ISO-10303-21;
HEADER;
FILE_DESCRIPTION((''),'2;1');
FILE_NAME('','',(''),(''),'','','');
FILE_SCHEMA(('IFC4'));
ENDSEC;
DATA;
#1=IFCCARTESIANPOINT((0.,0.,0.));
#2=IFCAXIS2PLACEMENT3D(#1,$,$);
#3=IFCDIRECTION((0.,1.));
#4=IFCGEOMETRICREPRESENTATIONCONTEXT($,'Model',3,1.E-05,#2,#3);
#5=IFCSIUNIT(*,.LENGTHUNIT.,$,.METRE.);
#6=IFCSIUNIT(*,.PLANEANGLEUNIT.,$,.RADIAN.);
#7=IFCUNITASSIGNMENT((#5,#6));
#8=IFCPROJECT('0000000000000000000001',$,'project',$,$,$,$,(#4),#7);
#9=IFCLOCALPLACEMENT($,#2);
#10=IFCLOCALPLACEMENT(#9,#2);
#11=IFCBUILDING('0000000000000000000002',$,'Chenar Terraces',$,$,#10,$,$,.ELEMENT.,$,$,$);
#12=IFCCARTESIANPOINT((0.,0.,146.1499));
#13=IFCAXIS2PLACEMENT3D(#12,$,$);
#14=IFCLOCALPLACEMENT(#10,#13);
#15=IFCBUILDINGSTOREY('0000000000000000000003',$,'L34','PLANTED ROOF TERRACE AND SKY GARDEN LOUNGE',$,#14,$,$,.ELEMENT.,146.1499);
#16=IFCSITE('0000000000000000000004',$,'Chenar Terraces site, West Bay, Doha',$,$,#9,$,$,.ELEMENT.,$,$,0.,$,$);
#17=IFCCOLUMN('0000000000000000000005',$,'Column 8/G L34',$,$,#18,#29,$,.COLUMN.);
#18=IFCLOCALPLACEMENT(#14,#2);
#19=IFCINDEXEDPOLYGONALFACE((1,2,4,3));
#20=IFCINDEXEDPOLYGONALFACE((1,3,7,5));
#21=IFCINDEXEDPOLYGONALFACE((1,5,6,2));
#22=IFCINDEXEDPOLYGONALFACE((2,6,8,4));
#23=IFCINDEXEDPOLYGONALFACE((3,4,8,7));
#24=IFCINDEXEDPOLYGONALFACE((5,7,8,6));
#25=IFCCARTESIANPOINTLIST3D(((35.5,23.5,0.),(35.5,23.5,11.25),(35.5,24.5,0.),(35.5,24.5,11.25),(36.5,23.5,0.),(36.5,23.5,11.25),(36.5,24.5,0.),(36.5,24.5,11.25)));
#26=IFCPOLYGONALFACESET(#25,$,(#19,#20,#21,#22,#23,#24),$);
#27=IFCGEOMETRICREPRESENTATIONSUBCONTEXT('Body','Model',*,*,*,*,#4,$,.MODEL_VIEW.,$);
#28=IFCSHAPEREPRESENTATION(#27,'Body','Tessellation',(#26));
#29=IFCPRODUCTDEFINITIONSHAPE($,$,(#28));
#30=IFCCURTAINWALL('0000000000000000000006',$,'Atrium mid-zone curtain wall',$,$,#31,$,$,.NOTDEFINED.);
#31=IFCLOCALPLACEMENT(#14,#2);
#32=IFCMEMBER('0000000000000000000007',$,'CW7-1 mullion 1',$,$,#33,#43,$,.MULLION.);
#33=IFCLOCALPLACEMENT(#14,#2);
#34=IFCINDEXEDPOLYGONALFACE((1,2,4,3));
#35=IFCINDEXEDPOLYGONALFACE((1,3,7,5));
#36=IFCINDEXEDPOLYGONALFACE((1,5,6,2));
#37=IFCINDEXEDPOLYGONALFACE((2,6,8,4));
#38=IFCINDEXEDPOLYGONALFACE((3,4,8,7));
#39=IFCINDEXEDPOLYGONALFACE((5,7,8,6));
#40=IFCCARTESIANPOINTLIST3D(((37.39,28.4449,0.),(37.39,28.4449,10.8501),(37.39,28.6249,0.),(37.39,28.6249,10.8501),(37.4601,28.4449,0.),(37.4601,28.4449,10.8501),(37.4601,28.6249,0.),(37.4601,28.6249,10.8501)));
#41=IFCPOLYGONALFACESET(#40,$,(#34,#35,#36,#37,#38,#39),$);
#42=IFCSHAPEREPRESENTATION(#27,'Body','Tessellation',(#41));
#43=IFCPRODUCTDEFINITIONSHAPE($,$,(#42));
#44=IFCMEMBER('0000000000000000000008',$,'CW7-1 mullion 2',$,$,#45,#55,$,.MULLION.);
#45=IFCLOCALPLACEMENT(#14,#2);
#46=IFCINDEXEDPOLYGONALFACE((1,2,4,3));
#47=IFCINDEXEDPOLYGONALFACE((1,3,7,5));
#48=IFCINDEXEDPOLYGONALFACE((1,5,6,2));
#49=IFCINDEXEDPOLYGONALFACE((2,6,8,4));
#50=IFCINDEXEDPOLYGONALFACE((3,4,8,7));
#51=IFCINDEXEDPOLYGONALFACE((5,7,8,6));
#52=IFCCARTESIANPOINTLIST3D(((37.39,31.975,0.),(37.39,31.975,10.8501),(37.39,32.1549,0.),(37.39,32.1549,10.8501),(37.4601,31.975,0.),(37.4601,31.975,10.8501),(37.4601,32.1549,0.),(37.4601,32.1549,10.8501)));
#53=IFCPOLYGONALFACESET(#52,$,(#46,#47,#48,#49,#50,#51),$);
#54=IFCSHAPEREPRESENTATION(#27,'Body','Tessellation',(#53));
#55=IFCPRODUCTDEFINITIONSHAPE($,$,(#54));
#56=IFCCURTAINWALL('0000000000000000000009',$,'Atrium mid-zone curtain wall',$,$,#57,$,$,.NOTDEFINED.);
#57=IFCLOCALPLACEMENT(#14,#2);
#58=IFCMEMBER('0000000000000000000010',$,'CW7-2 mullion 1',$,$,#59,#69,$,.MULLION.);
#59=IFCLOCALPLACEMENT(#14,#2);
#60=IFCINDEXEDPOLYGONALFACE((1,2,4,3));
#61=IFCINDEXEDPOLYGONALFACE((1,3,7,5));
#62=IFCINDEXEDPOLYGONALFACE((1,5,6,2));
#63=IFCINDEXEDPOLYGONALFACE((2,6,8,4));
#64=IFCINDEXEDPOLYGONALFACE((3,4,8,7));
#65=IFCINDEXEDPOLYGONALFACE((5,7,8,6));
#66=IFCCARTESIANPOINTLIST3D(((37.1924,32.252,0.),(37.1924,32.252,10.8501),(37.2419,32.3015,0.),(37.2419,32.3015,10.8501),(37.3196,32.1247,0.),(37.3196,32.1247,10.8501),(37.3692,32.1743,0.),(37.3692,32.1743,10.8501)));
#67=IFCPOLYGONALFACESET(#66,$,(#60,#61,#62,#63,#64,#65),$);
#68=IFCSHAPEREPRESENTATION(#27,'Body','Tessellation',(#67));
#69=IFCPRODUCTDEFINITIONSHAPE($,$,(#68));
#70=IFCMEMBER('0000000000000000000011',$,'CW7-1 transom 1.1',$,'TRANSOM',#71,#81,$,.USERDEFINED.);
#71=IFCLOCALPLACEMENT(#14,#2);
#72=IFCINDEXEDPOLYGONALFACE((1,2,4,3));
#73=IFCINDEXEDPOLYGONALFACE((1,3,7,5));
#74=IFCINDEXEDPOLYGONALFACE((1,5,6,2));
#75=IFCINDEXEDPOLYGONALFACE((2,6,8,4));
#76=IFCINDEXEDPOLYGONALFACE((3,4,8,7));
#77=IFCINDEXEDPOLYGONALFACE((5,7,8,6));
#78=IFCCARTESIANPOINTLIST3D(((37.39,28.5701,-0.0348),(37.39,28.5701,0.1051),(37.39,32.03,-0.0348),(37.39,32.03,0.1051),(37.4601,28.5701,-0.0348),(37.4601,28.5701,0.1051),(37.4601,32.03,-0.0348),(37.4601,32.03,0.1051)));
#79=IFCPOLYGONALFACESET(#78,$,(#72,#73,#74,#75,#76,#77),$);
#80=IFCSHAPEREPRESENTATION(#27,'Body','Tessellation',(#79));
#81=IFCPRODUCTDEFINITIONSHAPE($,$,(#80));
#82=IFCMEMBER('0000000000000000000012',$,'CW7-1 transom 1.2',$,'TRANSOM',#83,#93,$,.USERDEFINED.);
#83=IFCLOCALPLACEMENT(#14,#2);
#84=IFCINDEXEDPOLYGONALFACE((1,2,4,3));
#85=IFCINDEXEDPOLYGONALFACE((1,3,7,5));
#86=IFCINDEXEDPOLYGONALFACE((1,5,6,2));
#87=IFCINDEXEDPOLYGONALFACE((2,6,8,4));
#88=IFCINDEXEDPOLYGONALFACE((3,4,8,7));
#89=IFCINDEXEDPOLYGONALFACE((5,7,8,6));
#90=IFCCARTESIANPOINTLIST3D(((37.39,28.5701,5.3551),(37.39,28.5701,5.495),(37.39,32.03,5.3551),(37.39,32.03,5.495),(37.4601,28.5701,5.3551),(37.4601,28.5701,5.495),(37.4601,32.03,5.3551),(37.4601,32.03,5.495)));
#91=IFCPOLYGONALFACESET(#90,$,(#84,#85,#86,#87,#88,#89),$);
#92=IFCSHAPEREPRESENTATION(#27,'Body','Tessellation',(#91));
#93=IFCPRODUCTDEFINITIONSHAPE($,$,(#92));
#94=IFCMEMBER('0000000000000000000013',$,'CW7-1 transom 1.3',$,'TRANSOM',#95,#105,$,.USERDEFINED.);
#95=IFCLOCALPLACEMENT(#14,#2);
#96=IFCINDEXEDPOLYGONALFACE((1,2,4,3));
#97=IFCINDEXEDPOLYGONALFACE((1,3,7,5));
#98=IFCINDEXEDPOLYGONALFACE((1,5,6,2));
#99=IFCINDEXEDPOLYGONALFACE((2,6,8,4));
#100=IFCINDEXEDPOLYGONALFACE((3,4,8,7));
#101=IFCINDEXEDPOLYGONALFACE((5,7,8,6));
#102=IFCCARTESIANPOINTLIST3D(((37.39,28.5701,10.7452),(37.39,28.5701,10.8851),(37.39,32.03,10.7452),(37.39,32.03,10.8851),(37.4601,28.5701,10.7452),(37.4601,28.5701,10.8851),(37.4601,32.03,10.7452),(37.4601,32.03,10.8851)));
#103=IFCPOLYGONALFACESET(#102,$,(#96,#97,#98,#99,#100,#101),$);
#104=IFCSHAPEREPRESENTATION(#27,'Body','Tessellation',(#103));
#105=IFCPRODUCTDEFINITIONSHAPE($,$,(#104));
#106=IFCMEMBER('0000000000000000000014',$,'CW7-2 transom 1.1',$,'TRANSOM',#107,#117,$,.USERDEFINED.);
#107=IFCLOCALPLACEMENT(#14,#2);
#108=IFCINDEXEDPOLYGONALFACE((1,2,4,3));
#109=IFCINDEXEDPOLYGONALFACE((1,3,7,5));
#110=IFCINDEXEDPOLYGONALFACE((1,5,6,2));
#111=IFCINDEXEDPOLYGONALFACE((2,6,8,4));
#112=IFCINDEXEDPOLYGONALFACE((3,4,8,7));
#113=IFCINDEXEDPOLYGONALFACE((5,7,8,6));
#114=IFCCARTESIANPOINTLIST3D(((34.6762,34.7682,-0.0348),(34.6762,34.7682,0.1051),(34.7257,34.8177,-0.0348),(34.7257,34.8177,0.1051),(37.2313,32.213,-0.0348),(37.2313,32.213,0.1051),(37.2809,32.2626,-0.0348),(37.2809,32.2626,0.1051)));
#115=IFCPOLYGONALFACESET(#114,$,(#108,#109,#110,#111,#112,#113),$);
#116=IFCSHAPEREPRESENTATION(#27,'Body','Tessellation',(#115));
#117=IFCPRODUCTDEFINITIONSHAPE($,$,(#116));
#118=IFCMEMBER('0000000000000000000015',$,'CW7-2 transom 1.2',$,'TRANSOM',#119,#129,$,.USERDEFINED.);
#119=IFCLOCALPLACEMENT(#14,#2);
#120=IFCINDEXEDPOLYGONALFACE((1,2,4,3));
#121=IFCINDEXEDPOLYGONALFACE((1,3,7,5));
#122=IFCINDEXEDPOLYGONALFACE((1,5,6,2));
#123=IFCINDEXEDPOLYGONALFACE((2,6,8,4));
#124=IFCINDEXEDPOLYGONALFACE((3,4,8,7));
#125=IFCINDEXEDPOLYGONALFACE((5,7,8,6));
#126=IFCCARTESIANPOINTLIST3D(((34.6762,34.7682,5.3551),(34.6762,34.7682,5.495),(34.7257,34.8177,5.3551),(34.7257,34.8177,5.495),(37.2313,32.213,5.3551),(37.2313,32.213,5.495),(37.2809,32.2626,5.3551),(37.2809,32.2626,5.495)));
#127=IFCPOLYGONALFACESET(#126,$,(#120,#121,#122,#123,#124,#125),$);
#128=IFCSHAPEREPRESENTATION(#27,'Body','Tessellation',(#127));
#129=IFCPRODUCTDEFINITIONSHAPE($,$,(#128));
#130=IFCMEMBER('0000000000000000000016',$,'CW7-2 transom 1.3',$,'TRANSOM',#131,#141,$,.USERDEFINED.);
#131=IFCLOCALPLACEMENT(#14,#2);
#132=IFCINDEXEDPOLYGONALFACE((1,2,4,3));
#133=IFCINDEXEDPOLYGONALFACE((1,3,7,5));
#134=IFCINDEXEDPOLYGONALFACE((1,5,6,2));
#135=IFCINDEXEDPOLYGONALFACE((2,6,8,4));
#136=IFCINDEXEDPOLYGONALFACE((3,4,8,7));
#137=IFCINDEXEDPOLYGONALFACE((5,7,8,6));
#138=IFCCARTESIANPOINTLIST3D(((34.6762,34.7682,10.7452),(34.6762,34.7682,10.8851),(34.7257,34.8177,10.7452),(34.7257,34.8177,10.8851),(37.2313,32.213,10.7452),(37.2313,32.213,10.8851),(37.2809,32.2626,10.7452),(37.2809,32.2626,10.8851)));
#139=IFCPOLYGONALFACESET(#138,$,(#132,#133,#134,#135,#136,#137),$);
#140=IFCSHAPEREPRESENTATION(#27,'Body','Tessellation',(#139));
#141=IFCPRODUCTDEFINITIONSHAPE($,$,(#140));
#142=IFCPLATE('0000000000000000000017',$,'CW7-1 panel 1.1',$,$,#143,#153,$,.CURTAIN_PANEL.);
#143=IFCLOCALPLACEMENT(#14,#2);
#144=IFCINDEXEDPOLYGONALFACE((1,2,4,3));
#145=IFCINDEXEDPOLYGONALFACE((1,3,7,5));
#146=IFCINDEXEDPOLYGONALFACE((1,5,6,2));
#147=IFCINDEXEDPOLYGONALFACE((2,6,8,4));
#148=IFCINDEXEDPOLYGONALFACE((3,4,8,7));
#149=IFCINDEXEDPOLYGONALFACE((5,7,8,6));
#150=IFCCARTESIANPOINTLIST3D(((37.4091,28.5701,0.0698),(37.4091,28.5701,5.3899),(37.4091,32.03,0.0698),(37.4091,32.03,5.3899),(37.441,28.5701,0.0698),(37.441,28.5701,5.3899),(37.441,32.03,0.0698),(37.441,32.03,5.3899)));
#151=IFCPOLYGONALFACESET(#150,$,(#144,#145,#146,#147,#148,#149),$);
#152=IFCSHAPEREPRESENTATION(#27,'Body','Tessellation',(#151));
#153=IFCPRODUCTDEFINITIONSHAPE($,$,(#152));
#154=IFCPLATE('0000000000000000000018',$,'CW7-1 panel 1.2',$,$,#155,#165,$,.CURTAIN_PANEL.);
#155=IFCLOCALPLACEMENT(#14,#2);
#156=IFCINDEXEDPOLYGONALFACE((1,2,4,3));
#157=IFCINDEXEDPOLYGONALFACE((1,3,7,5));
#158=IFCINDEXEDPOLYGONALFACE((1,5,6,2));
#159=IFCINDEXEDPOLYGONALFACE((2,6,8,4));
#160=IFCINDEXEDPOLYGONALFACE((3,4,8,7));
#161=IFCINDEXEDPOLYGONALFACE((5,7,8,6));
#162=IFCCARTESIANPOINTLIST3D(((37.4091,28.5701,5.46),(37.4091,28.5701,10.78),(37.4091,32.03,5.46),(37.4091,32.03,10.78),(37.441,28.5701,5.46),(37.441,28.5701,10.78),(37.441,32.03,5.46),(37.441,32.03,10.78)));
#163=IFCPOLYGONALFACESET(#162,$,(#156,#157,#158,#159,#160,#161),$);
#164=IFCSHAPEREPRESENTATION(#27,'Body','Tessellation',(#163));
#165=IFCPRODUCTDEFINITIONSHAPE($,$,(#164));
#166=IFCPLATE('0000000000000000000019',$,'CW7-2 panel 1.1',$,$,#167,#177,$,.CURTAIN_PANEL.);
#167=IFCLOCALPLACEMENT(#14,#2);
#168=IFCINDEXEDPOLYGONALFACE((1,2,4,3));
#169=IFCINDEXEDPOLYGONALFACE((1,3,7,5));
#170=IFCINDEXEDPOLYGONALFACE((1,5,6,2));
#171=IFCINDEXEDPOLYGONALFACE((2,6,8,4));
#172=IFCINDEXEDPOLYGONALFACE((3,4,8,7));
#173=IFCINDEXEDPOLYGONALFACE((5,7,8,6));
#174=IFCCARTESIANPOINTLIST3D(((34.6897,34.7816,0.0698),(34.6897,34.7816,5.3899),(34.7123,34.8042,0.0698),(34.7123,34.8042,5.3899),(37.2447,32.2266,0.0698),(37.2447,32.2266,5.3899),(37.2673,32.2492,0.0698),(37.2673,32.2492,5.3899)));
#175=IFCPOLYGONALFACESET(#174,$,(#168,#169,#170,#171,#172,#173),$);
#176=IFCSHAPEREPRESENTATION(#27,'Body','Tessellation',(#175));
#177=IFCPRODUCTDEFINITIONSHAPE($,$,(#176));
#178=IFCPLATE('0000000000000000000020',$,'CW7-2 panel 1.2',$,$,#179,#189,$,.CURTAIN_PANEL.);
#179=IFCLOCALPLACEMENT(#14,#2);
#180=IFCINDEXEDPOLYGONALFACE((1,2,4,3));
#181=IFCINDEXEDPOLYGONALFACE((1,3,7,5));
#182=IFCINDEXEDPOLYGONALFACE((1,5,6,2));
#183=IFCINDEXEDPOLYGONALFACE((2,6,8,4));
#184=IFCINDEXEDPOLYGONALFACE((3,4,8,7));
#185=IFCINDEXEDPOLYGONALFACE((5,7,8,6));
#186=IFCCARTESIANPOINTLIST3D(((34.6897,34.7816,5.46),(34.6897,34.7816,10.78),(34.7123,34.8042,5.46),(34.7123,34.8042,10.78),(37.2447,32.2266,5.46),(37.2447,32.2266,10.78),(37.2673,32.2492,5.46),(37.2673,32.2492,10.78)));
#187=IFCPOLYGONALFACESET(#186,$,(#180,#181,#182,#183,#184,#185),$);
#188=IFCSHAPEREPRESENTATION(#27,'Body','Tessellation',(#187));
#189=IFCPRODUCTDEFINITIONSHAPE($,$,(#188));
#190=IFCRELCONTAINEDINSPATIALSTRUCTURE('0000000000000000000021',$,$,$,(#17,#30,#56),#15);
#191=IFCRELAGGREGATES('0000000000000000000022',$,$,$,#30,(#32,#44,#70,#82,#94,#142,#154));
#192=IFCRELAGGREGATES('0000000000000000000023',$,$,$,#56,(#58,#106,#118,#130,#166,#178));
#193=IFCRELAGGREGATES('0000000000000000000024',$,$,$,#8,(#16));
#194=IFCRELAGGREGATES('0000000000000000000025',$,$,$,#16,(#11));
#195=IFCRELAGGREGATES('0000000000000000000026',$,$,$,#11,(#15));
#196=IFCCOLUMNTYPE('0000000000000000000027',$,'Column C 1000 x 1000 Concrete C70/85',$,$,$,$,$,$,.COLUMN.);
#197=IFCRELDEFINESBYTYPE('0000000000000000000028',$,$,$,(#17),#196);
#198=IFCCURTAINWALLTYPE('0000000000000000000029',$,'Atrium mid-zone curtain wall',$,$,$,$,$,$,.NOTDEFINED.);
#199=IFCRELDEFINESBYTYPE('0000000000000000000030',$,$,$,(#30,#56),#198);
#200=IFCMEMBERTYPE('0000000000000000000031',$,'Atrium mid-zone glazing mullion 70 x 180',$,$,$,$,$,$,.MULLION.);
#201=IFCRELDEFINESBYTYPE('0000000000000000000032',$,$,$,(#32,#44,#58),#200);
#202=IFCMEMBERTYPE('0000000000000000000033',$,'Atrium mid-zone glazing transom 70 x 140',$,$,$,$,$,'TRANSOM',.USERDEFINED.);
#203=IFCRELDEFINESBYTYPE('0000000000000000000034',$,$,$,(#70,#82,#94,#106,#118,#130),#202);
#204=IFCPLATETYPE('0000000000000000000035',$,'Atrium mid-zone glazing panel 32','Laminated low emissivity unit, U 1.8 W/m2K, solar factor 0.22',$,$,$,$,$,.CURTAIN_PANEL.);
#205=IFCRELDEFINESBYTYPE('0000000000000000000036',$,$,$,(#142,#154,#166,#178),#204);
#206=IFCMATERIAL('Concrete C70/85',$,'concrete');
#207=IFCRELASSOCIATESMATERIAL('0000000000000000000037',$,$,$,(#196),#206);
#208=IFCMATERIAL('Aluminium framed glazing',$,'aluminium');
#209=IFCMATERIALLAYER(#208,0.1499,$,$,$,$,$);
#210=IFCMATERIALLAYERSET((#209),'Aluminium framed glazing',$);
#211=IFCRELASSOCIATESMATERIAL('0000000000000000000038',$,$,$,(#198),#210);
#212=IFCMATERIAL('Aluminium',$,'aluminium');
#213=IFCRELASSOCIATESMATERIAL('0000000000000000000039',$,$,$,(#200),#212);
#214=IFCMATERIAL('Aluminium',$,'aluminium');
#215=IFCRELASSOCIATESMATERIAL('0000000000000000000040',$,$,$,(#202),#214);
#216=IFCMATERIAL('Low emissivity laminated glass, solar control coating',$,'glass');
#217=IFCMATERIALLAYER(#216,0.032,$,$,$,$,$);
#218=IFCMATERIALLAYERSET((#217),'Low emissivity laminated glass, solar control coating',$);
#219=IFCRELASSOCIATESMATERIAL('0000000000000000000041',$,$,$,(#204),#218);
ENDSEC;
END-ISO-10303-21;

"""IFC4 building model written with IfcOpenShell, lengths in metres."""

from ifc_helpers import new_model, si_unit, direction, frame, origin, origin_2d, place, context, subcontext, project, spatial, rectangle, extrude, material, layer, layer_set, material_profile, profile_set, type_object, element, aggregate, save


model = new_model("IFC4")

# Units and contexts
model_context = context("Model", 3, precision=1e-05, world=origin(), true_north=direction((0.0, 1.0)))
body_context = subcontext(model_context, "Body", "Model", "MODEL_VIEW")
ifc_project = project(units=[si_unit("LENGTHUNIT", "METRE"), si_unit("PLANEANGLEUNIT", "RADIAN")], contexts=[model_context])

# Site, building, storey
site_placement = place(None, origin())
site = spatial("IfcSite", under=ifc_project, at=site_placement, Name="Chenar Terraces site, West Bay, Doha", CompositionType="ELEMENT", RefElevation=0.0)
building_placement = place(site_placement, origin())
building = spatial("IfcBuilding", under=site, at=building_placement, Name="Chenar Terraces", CompositionType="ELEMENT")
storey_placement = place(building_placement, frame((0.0, 0.0, 146.1499)))
storey = spatial("IfcBuildingStorey", under=building, at=storey_placement, Name="L34", Description="PLANTED ROOF TERRACE AND SKY GARDEN LOUNGE", CompositionType="ELEMENT", Elevation=146.1499)

# Column
ifc_material_1 = material(Name="Concrete C70/85", Category="concrete")
ifc_material_profile_1 = material_profile(ifc_material_1, rectangle(XDim=1.0, YDim=1.0, at=origin_2d()), Name="C 1000 x 1000")
ifc_profile_set_1 = profile_set([ifc_material_profile_1], Name="Concrete C70/85")
column_type = type_object("IfcColumnType", Name="Column C 1000 x 1000 Concrete C70/85", PredefinedType="COLUMN", material=ifc_profile_set_1)
column_placement = place(storey_placement, frame((36.0, 24.0, 0.0), z_axis=(0.0, 0.0, 1.0), x_axis=(1.0, 0.0, 0.0)))
element("IfcColumn", 1, at=column_placement, inside=storey, type_object=column_type, Name="Column 8/G L34", PredefinedType="COLUMN", context=body_context, shape_type="SweptSolid", body=[
    extrude(rectangle(XDim=1.0, YDim=1.0, at=origin_2d()), origin(), (0.0, 0.0, 1.0), 11.25),
])

# Curtain wall, members
ifc_material_2 = material(Name="Aluminium framed glazing", Category="aluminium")
ifc_layer_1 = layer(ifc_material_2, 0.1499)
ifc_layer_set_1 = layer_set([ifc_layer_1], Name="Aluminium framed glazing")
curtain_wall_type = type_object("IfcCurtainWallType", Name="Atrium mid-zone curtain wall", PredefinedType="NOTDEFINED", material=ifc_layer_set_1)
placement = place(storey_placement, origin())
curtain_wall_1 = element("IfcCurtainWall", 2, at=placement, inside=storey, type_object=curtain_wall_type, Name="Atrium mid-zone curtain wall", PredefinedType="NOTDEFINED")
ifc_material_3 = material(Name="Aluminium", Category="aluminium")
ifc_material_profile_2 = material_profile(ifc_material_3, rectangle(XDim=0.0701, YDim=0.1799, at=origin_2d()), Name="Atrium mid-zone glazing mullion 70 x 180")
ifc_profile_set_2 = profile_set([ifc_material_profile_2], Name="Aluminium")
member_type_1 = type_object("IfcMemberType", Name="Atrium mid-zone glazing mullion 70 x 180", PredefinedType="MULLION", material=ifc_profile_set_2)
member_1_placement = place(storey_placement, frame((37.425, 28.5349, 0.0), z_axis=(0.0, 0.0, 1.0), x_axis=(-1.0, 0.0, 0.0)))
member_1 = element("IfcMember", 3, at=member_1_placement, type_object=member_type_1, Name="CW7-1 mullion 1", PredefinedType="MULLION", context=body_context, shape_type="SweptSolid", body=[
    extrude(rectangle(XDim=0.0701, YDim=0.1799, at=origin_2d()), origin(), (0.0, 0.0, 1.0), 10.8501),
])
member_2_placement = place(storey_placement, frame((37.425, 32.0649, 0.0), z_axis=(0.0, 0.0, 1.0), x_axis=(-1.0, 0.0, 0.0)))
member_2 = element("IfcMember", 4, at=member_2_placement, type_object=member_type_1, Name="CW7-1 mullion 2", PredefinedType="MULLION", context=body_context, shape_type="SweptSolid", body=[
    extrude(rectangle(XDim=0.0701, YDim=0.1799, at=origin_2d()), origin(), (0.0, 0.0, 1.0), 10.8501),
])

# Curtain wall, member
curtain_wall_2 = element("IfcCurtainWall", 5, at=placement, inside=storey, type_object=curtain_wall_type, Name="Atrium mid-zone curtain wall", PredefinedType="NOTDEFINED")
member_3_placement = place(storey_placement, frame((37.2808, 32.2131, 0.0), z_axis=(0.0, 0.0, 1.0), x_axis=(-0.707107, -0.707107, 0.0)))
member_3 = element("IfcMember", 6, at=member_3_placement, type_object=member_type_1, Name="CW7-2 mullion 1", PredefinedType="MULLION", context=body_context, shape_type="SweptSolid", body=[
    extrude(rectangle(XDim=0.0701, YDim=0.1799, at=origin_2d()), origin(), (0.0, 0.0, 1.0), 10.8501),
])

# Members
ifc_material_4 = material(Name="Aluminium", Category="aluminium")
ifc_material_profile_3 = material_profile(ifc_material_4, rectangle(XDim=0.0701, YDim=0.1399, at=origin_2d()), Name="Atrium mid-zone glazing transom 70 x 140")
ifc_profile_set_3 = profile_set([ifc_material_profile_3], Name="Aluminium")
member_type_2 = type_object("IfcMemberType", Name="Atrium mid-zone glazing transom 70 x 140", ElementType="TRANSOM", PredefinedType="USERDEFINED", material=ifc_profile_set_3)
member_4_placement = place(storey_placement, frame((37.425, 28.5701, 0.0352), z_axis=(0.0, 1.0, 0.0), x_axis=(-1.0, 0.0, 0.0)))
member_4 = element("IfcMember", 7, at=member_4_placement, type_object=member_type_2, Name="CW7-1 transom 1.1", ObjectType="TRANSOM", PredefinedType="USERDEFINED", context=body_context, shape_type="SweptSolid", body=[
    extrude(rectangle(XDim=0.0701, YDim=0.1399, at=origin_2d()), origin(), (0.0, 0.0, 1.0), 3.46),
])
member_5_placement = place(storey_placement, frame((37.425, 28.5701, 5.425), z_axis=(0.0, 1.0, 0.0), x_axis=(-1.0, 0.0, 0.0)))
member_5 = element("IfcMember", 8, at=member_5_placement, type_object=member_type_2, Name="CW7-1 transom 1.2", ObjectType="TRANSOM", PredefinedType="USERDEFINED", context=body_context, shape_type="SweptSolid", body=[
    extrude(rectangle(XDim=0.0701, YDim=0.1399, at=origin_2d()), origin(), (0.0, 0.0, 1.0), 3.46),
])
member_6_placement = place(storey_placement, frame((37.425, 28.5701, 10.8152), z_axis=(0.0, 1.0, 0.0), x_axis=(-1.0, 0.0, 0.0)))
member_6 = element("IfcMember", 9, at=member_6_placement, type_object=member_type_2, Name="CW7-1 transom 1.3", ObjectType="TRANSOM", PredefinedType="USERDEFINED", context=body_context, shape_type="SweptSolid", body=[
    extrude(rectangle(XDim=0.0701, YDim=0.1399, at=origin_2d()), origin(), (0.0, 0.0, 1.0), 3.46),
])
member_7_placement = place(storey_placement, frame((37.2561, 32.2378, 0.0352), z_axis=(-0.707107, 0.707107, 0.0), x_axis=(-0.707107, -0.707107, 0.0)))
member_7 = element("IfcMember", 10, at=member_7_placement, type_object=member_type_2, Name="CW7-2 transom 1.1", ObjectType="TRANSOM", PredefinedType="USERDEFINED", context=body_context, shape_type="SweptSolid", body=[
    extrude(rectangle(XDim=0.0701, YDim=0.1399, at=origin_2d()), origin(), (0.0, 0.0, 1.0), 3.6135),
])
member_8_placement = place(storey_placement, frame((37.2561, 32.2378, 5.425), z_axis=(-0.707107, 0.707107, 0.0), x_axis=(-0.707107, -0.707107, 0.0)))
member_8 = element("IfcMember", 11, at=member_8_placement, type_object=member_type_2, Name="CW7-2 transom 1.2", ObjectType="TRANSOM", PredefinedType="USERDEFINED", context=body_context, shape_type="SweptSolid", body=[
    extrude(rectangle(XDim=0.0701, YDim=0.1399, at=origin_2d()), origin(), (0.0, 0.0, 1.0), 3.6135),
])
member_9_placement = place(storey_placement, frame((37.2561, 32.2378, 10.8152), z_axis=(-0.707107, 0.707107, 0.0), x_axis=(-0.707107, -0.707107, 0.0)))
member_9 = element("IfcMember", 12, at=member_9_placement, type_object=member_type_2, Name="CW7-2 transom 1.3", ObjectType="TRANSOM", PredefinedType="USERDEFINED", context=body_context, shape_type="SweptSolid", body=[
    extrude(rectangle(XDim=0.0701, YDim=0.1399, at=origin_2d()), origin(), (0.0, 0.0, 1.0), 3.6135),
])

# Plates
ifc_material_5 = material(Name="Low emissivity laminated glass, solar control coating", Category="glass")
ifc_layer_2 = layer(ifc_material_5, 0.032)
ifc_layer_set_2 = layer_set([ifc_layer_2], Name="Low emissivity laminated glass, solar control coating")
plate_type = type_object("IfcPlateType", Name="Atrium mid-zone glazing panel 32", Description="Laminated low emissivity unit, U 1.8 W/m2K, solar factor 0.22", PredefinedType="CURTAIN_PANEL", material=ifc_layer_set_2)
plate_1_placement = place(storey_placement, frame((37.425, 30.3, 0.0698), z_axis=(0.0, 0.0, 1.0), x_axis=(0.0, 1.0, 0.0)))
plate_1 = element("IfcPlate", 13, at=plate_1_placement, type_object=plate_type, Name="CW7-1 panel 1.1", PredefinedType="CURTAIN_PANEL", context=body_context, shape_type="SweptSolid", body=[
    extrude(rectangle(XDim=3.46, YDim=0.032, at=origin_2d()), origin(), (0.0, 0.0, 1.0), 5.3201),
])
plate_2_placement = place(storey_placement, frame((37.425, 30.3, 5.46), z_axis=(0.0, 0.0, 1.0), x_axis=(0.0, 1.0, 0.0)))
plate_2 = element("IfcPlate", 14, at=plate_2_placement, type_object=plate_type, Name="CW7-1 panel 1.2", PredefinedType="CURTAIN_PANEL", context=body_context, shape_type="SweptSolid", body=[
    extrude(rectangle(XDim=3.46, YDim=0.032, at=origin_2d()), origin(), (0.0, 0.0, 1.0), 5.3201),
])
aggregate(curtain_wall_1, [member_1, member_2, member_4, member_5, member_6, plate_1, plate_2])
plate_3_placement = place(storey_placement, frame((35.9785, 33.5154, 0.0698), z_axis=(0.0, 0.0, 1.0), x_axis=(-0.707107, 0.707107, 0.0)))
plate_3 = element("IfcPlate", 15, at=plate_3_placement, type_object=plate_type, Name="CW7-2 panel 1.1", PredefinedType="CURTAIN_PANEL", context=body_context, shape_type="SweptSolid", body=[
    extrude(rectangle(XDim=3.6133, YDim=0.032, at=origin_2d()), origin(), (0.0, 0.0, 1.0), 5.3201),
])
plate_4_placement = place(storey_placement, frame((35.9785, 33.5154, 5.46), z_axis=(0.0, 0.0, 1.0), x_axis=(-0.707107, 0.707107, 0.0)))
plate_4 = element("IfcPlate", 16, at=plate_4_placement, type_object=plate_type, Name="CW7-2 panel 1.2", PredefinedType="CURTAIN_PANEL", context=body_context, shape_type="SweptSolid", body=[
    extrude(rectangle(XDim=3.6133, YDim=0.032, at=origin_2d()), origin(), (0.0, 0.0, 1.0), 5.3201),
])
aggregate(curtain_wall_2, [member_3, member_7, member_8, member_9, plate_3, plate_4])

save(model, "model.ifc")
